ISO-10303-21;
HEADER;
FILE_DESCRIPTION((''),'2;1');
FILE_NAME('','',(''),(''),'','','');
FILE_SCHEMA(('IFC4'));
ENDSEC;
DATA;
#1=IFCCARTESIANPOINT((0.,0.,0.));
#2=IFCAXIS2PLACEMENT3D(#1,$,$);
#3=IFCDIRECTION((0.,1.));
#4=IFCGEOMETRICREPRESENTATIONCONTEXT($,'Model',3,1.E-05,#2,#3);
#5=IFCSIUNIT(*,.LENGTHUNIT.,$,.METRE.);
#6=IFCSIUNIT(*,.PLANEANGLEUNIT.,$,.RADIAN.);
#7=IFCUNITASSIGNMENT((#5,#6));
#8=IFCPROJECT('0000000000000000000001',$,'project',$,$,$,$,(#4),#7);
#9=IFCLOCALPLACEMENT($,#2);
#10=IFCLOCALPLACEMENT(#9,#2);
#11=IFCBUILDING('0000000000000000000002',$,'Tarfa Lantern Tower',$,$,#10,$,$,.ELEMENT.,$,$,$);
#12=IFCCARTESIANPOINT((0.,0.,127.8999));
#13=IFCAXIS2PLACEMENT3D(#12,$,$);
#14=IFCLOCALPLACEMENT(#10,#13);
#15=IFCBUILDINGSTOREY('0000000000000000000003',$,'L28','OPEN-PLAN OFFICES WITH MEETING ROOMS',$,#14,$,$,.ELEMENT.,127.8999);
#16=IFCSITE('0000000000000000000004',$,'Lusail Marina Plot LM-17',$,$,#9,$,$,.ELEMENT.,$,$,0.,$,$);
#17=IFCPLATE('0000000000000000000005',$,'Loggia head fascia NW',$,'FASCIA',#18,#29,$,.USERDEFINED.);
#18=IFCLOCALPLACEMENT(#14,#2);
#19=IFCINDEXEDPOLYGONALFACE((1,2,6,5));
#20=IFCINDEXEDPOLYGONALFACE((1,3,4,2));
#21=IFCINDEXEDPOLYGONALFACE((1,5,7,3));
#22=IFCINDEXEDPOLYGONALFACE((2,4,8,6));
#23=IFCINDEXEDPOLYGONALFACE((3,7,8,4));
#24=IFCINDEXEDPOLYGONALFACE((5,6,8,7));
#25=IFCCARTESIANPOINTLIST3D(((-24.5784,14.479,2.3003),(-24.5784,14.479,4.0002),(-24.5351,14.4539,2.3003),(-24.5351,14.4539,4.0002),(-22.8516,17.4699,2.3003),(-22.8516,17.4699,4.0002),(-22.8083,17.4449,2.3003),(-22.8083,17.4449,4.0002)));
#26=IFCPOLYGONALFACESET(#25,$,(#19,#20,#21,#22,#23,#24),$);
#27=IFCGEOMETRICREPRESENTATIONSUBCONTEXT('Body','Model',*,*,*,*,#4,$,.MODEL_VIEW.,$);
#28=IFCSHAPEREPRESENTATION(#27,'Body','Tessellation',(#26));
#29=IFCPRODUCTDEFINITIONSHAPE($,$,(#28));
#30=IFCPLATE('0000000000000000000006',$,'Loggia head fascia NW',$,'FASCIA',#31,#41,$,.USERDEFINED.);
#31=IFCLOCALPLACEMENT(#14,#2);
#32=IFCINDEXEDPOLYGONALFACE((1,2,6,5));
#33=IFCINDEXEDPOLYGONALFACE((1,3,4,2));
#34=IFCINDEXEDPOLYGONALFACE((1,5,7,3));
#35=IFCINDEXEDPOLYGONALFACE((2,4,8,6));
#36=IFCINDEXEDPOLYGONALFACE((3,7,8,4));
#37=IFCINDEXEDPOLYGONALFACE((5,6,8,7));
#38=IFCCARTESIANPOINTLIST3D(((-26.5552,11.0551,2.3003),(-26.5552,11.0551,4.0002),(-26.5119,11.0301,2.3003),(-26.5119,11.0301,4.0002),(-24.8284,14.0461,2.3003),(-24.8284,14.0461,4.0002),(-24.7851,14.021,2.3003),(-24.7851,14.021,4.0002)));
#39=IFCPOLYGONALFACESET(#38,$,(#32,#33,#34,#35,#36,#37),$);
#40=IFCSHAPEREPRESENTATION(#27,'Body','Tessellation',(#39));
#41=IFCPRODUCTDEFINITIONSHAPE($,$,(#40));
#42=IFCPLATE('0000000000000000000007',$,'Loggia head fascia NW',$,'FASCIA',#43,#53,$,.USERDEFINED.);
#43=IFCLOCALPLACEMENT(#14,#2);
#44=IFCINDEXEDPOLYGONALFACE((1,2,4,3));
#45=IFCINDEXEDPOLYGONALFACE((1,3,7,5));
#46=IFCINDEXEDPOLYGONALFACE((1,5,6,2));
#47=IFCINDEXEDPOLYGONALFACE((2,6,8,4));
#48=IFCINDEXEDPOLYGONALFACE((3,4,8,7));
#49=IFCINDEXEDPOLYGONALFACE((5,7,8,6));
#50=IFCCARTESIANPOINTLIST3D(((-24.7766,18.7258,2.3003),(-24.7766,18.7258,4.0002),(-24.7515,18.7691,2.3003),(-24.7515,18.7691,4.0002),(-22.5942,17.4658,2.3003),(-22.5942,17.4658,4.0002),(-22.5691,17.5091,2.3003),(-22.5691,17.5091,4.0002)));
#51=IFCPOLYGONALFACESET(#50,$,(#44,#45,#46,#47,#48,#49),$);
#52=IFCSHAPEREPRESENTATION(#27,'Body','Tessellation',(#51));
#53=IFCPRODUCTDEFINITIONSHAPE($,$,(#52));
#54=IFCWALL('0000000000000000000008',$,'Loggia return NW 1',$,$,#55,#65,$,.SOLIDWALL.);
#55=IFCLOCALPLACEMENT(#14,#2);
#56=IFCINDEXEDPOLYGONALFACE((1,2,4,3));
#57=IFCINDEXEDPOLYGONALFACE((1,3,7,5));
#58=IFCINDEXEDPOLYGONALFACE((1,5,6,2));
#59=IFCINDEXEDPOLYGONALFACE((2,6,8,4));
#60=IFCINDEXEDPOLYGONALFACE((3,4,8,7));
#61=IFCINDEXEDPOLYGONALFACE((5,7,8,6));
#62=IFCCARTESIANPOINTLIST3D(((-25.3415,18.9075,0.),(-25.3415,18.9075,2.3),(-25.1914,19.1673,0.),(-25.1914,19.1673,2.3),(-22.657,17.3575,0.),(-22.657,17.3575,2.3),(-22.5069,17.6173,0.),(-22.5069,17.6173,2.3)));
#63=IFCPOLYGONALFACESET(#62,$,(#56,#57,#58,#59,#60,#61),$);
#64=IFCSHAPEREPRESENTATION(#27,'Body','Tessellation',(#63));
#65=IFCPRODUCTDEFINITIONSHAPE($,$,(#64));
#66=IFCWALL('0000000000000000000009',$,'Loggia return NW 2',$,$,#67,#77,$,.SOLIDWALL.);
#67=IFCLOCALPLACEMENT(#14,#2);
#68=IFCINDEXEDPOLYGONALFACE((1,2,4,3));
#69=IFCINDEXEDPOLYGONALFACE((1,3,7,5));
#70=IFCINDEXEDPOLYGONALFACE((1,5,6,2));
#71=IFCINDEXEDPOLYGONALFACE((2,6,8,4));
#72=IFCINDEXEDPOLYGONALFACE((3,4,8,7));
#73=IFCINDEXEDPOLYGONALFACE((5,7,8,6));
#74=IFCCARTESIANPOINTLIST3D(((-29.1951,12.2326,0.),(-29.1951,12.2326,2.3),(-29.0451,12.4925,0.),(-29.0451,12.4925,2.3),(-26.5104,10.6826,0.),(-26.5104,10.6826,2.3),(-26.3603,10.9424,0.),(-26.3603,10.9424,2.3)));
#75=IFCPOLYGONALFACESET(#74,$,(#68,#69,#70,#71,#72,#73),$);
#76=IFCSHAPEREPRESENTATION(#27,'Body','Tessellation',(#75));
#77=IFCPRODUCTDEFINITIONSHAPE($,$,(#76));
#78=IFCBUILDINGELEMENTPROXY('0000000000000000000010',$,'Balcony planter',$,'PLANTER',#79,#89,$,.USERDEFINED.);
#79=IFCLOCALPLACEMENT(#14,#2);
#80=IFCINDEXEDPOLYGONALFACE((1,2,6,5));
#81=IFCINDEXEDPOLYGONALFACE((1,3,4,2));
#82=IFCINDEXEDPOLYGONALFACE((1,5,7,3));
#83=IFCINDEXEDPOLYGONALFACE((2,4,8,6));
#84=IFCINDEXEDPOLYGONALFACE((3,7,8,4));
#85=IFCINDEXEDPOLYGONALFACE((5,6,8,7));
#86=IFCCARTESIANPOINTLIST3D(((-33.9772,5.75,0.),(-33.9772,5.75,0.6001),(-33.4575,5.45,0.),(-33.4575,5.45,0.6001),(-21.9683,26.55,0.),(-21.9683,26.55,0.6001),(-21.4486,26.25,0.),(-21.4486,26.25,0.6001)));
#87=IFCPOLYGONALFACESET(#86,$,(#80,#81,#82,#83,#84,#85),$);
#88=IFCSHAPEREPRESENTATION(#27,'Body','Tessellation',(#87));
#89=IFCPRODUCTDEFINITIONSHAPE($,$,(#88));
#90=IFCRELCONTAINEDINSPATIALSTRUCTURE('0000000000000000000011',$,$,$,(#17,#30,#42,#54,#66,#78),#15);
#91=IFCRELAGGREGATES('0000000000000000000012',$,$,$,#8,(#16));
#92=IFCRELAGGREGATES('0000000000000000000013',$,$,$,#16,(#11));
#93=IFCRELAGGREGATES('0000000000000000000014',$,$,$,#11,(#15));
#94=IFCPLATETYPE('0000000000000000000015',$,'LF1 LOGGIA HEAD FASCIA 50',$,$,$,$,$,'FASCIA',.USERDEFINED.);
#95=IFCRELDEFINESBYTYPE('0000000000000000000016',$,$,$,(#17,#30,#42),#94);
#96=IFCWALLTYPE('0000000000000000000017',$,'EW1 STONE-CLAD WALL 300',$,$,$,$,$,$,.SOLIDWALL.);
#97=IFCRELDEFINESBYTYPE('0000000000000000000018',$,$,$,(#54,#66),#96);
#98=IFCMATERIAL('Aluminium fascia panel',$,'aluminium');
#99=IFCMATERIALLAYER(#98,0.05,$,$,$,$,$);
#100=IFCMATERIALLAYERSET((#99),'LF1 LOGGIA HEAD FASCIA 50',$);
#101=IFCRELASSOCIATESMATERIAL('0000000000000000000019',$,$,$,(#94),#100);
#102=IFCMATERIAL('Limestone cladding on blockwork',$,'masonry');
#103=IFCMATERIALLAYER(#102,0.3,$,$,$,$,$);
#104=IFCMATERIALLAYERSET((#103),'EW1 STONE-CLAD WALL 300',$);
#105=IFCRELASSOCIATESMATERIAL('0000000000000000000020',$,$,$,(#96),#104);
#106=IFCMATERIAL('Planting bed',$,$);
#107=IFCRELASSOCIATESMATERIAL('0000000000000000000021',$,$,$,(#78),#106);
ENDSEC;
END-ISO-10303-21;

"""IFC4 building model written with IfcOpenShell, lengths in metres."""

from ifc_helpers import new_model, si_unit, direction, frame, frame_2d, origin, origin_2d, place, context, subcontext, project, spatial, rectangle, extrude, material, layer, layer_set, type_object, element, save


model = new_model("IFC4")

# Units and contexts
model_context = context("Model", 3, precision=1e-05, world=origin(), true_north=direction((0.0, 1.0)))
body_context = subcontext(model_context, "Body", "Model", "MODEL_VIEW")
ifc_project = project(units=[si_unit("LENGTHUNIT", "METRE"), si_unit("PLANEANGLEUNIT", "RADIAN")], contexts=[model_context])

# Site, building, storey
site_placement = place(None, origin())
site = spatial("IfcSite", under=ifc_project, at=site_placement, Name="Lusail Marina Plot LM-17", CompositionType="ELEMENT", RefElevation=0.0)
building_placement = place(site_placement, origin())
building = spatial("IfcBuilding", under=site, at=building_placement, Name="Tarfa Lantern Tower", CompositionType="ELEMENT")
storey_placement = place(building_placement, frame((0.0, 0.0, 127.8999)))
storey = spatial("IfcBuildingStorey", under=building, at=storey_placement, Name="L28", Description="OPEN-PLAN OFFICES WITH MEETING ROOMS", CompositionType="ELEMENT", Elevation=127.8999)

# Plates
ifc_material_1 = material(Name="Aluminium fascia panel", Category="aluminium")
ifc_layer_1 = layer(ifc_material_1, 0.05)
ifc_layer_set_1 = layer_set([ifc_layer_1], Name="LF1 LOGGIA HEAD FASCIA 50")
plate_type_1 = type_object("IfcPlateType", Name="LF1 LOGGIA HEAD FASCIA 50", ElementType="FASCIA", PredefinedType="USERDEFINED", material=ifc_layer_set_1)
for number, where, z_axis, x_axis, name in (
    (1, (-23.6934, 15.9619, 2.3003), (0.0, 0.0, 1.0), (-0.5, -0.866025, 0.0), "Loggia head fascia NW"),
    (2, (-25.6702, 12.5381, 2.3003), (0.0, 0.0, 1.0), (-0.5, -0.866025, 0.0), "Loggia head fascia NW"),
):
    element("IfcPlate", number, at=place(storey_placement, frame(where, z_axis=z_axis, x_axis=x_axis)), inside=storey, type_object=plate_type_1, Name=name, ObjectType="FASCIA", PredefinedType="USERDEFINED", context=body_context, shape_type="SweptSolid", body=[
        extrude(rectangle(XDim=3.4536, YDim=0.05, at=origin_2d()), origin(), (0.0, 0.0, 1.0), 1.7),
    ])
plate_1_placement = place(storey_placement, frame((-23.6729, 18.1174, 2.3003), z_axis=(0.0, 0.0, 1.0), x_axis=(0.866025, -0.5, 0.0)))
element("IfcPlate", 3, at=plate_1_placement, inside=storey, type_object=plate_type_1, Name="Loggia head fascia NW", ObjectType="FASCIA", PredefinedType="USERDEFINED", context=body_context, shape_type="SweptSolid", body=[
    extrude(rectangle(XDim=2.52, YDim=0.05, at=origin_2d()), origin(), (0.0, 0.0, 1.0), 1.7),
])

# Walls
ifc_material_2 = material(Name="Limestone cladding on blockwork", Category="masonry")
ifc_layer_2 = layer(ifc_material_2, 0.3)
ifc_layer_set_2 = layer_set([ifc_layer_2], Name="EW1 STONE-CLAD WALL 300")
wall_type = type_object("IfcWallType", Name="EW1 STONE-CLAD WALL 300", PredefinedType="SOLIDWALL", material=ifc_layer_set_2)
wall_1_placement = place(storey_placement, frame((-25.2664, 19.0374, 0.0), z_axis=(0.0, 0.0, 1.0), x_axis=(0.86601, -0.500027, 0.0)))
element("IfcWall", 4, at=wall_1_placement, inside=storey, type_object=wall_type, Name="Loggia return NW 1", PredefinedType="SOLIDWALL", context=body_context, shape_type="SweptSolid", body=[
    extrude(rectangle(XDim=3.0999, YDim=0.3, at=frame_2d((1.5498, 0.0))), origin(), (0.0, 0.0, 1.0), 2.3),
])
wall_2_placement = place(storey_placement, frame((-29.1201, 12.3625, 0.0), z_axis=(0.0, 0.0, 1.0), x_axis=(0.86603, -0.499993, 0.0)))
element("IfcWall", 5, at=wall_2_placement, inside=storey, type_object=wall_type, Name="Loggia return NW 2", PredefinedType="SOLIDWALL", context=body_context, shape_type="SweptSolid", body=[
    extrude(rectangle(XDim=3.1001, YDim=0.3, at=frame_2d((1.55, 0.0))), origin(), (0.0, 0.0, 1.0), 2.3),
])

# Building element proxy
ifc_material_3 = material(Name="Planting bed")
proxy_placement = place(storey_placement, frame((-27.7129, 16.0, 0.0), z_axis=(0.0, 0.0, 1.0), x_axis=(-0.5, -0.866025, 0.0)))
element("IfcBuildingElementProxy", 6, at=proxy_placement, inside=storey, material=ifc_material_3, Name="Balcony planter", ObjectType="PLANTER", PredefinedType="USERDEFINED", context=body_context, shape_type="SweptSolid", body=[
    extrude(rectangle(XDim=24.0178, YDim=0.6001, at=origin_2d()), origin(), (0.0, 0.0, 1.0), 0.6001),
])

save(model, "model.ifc")
